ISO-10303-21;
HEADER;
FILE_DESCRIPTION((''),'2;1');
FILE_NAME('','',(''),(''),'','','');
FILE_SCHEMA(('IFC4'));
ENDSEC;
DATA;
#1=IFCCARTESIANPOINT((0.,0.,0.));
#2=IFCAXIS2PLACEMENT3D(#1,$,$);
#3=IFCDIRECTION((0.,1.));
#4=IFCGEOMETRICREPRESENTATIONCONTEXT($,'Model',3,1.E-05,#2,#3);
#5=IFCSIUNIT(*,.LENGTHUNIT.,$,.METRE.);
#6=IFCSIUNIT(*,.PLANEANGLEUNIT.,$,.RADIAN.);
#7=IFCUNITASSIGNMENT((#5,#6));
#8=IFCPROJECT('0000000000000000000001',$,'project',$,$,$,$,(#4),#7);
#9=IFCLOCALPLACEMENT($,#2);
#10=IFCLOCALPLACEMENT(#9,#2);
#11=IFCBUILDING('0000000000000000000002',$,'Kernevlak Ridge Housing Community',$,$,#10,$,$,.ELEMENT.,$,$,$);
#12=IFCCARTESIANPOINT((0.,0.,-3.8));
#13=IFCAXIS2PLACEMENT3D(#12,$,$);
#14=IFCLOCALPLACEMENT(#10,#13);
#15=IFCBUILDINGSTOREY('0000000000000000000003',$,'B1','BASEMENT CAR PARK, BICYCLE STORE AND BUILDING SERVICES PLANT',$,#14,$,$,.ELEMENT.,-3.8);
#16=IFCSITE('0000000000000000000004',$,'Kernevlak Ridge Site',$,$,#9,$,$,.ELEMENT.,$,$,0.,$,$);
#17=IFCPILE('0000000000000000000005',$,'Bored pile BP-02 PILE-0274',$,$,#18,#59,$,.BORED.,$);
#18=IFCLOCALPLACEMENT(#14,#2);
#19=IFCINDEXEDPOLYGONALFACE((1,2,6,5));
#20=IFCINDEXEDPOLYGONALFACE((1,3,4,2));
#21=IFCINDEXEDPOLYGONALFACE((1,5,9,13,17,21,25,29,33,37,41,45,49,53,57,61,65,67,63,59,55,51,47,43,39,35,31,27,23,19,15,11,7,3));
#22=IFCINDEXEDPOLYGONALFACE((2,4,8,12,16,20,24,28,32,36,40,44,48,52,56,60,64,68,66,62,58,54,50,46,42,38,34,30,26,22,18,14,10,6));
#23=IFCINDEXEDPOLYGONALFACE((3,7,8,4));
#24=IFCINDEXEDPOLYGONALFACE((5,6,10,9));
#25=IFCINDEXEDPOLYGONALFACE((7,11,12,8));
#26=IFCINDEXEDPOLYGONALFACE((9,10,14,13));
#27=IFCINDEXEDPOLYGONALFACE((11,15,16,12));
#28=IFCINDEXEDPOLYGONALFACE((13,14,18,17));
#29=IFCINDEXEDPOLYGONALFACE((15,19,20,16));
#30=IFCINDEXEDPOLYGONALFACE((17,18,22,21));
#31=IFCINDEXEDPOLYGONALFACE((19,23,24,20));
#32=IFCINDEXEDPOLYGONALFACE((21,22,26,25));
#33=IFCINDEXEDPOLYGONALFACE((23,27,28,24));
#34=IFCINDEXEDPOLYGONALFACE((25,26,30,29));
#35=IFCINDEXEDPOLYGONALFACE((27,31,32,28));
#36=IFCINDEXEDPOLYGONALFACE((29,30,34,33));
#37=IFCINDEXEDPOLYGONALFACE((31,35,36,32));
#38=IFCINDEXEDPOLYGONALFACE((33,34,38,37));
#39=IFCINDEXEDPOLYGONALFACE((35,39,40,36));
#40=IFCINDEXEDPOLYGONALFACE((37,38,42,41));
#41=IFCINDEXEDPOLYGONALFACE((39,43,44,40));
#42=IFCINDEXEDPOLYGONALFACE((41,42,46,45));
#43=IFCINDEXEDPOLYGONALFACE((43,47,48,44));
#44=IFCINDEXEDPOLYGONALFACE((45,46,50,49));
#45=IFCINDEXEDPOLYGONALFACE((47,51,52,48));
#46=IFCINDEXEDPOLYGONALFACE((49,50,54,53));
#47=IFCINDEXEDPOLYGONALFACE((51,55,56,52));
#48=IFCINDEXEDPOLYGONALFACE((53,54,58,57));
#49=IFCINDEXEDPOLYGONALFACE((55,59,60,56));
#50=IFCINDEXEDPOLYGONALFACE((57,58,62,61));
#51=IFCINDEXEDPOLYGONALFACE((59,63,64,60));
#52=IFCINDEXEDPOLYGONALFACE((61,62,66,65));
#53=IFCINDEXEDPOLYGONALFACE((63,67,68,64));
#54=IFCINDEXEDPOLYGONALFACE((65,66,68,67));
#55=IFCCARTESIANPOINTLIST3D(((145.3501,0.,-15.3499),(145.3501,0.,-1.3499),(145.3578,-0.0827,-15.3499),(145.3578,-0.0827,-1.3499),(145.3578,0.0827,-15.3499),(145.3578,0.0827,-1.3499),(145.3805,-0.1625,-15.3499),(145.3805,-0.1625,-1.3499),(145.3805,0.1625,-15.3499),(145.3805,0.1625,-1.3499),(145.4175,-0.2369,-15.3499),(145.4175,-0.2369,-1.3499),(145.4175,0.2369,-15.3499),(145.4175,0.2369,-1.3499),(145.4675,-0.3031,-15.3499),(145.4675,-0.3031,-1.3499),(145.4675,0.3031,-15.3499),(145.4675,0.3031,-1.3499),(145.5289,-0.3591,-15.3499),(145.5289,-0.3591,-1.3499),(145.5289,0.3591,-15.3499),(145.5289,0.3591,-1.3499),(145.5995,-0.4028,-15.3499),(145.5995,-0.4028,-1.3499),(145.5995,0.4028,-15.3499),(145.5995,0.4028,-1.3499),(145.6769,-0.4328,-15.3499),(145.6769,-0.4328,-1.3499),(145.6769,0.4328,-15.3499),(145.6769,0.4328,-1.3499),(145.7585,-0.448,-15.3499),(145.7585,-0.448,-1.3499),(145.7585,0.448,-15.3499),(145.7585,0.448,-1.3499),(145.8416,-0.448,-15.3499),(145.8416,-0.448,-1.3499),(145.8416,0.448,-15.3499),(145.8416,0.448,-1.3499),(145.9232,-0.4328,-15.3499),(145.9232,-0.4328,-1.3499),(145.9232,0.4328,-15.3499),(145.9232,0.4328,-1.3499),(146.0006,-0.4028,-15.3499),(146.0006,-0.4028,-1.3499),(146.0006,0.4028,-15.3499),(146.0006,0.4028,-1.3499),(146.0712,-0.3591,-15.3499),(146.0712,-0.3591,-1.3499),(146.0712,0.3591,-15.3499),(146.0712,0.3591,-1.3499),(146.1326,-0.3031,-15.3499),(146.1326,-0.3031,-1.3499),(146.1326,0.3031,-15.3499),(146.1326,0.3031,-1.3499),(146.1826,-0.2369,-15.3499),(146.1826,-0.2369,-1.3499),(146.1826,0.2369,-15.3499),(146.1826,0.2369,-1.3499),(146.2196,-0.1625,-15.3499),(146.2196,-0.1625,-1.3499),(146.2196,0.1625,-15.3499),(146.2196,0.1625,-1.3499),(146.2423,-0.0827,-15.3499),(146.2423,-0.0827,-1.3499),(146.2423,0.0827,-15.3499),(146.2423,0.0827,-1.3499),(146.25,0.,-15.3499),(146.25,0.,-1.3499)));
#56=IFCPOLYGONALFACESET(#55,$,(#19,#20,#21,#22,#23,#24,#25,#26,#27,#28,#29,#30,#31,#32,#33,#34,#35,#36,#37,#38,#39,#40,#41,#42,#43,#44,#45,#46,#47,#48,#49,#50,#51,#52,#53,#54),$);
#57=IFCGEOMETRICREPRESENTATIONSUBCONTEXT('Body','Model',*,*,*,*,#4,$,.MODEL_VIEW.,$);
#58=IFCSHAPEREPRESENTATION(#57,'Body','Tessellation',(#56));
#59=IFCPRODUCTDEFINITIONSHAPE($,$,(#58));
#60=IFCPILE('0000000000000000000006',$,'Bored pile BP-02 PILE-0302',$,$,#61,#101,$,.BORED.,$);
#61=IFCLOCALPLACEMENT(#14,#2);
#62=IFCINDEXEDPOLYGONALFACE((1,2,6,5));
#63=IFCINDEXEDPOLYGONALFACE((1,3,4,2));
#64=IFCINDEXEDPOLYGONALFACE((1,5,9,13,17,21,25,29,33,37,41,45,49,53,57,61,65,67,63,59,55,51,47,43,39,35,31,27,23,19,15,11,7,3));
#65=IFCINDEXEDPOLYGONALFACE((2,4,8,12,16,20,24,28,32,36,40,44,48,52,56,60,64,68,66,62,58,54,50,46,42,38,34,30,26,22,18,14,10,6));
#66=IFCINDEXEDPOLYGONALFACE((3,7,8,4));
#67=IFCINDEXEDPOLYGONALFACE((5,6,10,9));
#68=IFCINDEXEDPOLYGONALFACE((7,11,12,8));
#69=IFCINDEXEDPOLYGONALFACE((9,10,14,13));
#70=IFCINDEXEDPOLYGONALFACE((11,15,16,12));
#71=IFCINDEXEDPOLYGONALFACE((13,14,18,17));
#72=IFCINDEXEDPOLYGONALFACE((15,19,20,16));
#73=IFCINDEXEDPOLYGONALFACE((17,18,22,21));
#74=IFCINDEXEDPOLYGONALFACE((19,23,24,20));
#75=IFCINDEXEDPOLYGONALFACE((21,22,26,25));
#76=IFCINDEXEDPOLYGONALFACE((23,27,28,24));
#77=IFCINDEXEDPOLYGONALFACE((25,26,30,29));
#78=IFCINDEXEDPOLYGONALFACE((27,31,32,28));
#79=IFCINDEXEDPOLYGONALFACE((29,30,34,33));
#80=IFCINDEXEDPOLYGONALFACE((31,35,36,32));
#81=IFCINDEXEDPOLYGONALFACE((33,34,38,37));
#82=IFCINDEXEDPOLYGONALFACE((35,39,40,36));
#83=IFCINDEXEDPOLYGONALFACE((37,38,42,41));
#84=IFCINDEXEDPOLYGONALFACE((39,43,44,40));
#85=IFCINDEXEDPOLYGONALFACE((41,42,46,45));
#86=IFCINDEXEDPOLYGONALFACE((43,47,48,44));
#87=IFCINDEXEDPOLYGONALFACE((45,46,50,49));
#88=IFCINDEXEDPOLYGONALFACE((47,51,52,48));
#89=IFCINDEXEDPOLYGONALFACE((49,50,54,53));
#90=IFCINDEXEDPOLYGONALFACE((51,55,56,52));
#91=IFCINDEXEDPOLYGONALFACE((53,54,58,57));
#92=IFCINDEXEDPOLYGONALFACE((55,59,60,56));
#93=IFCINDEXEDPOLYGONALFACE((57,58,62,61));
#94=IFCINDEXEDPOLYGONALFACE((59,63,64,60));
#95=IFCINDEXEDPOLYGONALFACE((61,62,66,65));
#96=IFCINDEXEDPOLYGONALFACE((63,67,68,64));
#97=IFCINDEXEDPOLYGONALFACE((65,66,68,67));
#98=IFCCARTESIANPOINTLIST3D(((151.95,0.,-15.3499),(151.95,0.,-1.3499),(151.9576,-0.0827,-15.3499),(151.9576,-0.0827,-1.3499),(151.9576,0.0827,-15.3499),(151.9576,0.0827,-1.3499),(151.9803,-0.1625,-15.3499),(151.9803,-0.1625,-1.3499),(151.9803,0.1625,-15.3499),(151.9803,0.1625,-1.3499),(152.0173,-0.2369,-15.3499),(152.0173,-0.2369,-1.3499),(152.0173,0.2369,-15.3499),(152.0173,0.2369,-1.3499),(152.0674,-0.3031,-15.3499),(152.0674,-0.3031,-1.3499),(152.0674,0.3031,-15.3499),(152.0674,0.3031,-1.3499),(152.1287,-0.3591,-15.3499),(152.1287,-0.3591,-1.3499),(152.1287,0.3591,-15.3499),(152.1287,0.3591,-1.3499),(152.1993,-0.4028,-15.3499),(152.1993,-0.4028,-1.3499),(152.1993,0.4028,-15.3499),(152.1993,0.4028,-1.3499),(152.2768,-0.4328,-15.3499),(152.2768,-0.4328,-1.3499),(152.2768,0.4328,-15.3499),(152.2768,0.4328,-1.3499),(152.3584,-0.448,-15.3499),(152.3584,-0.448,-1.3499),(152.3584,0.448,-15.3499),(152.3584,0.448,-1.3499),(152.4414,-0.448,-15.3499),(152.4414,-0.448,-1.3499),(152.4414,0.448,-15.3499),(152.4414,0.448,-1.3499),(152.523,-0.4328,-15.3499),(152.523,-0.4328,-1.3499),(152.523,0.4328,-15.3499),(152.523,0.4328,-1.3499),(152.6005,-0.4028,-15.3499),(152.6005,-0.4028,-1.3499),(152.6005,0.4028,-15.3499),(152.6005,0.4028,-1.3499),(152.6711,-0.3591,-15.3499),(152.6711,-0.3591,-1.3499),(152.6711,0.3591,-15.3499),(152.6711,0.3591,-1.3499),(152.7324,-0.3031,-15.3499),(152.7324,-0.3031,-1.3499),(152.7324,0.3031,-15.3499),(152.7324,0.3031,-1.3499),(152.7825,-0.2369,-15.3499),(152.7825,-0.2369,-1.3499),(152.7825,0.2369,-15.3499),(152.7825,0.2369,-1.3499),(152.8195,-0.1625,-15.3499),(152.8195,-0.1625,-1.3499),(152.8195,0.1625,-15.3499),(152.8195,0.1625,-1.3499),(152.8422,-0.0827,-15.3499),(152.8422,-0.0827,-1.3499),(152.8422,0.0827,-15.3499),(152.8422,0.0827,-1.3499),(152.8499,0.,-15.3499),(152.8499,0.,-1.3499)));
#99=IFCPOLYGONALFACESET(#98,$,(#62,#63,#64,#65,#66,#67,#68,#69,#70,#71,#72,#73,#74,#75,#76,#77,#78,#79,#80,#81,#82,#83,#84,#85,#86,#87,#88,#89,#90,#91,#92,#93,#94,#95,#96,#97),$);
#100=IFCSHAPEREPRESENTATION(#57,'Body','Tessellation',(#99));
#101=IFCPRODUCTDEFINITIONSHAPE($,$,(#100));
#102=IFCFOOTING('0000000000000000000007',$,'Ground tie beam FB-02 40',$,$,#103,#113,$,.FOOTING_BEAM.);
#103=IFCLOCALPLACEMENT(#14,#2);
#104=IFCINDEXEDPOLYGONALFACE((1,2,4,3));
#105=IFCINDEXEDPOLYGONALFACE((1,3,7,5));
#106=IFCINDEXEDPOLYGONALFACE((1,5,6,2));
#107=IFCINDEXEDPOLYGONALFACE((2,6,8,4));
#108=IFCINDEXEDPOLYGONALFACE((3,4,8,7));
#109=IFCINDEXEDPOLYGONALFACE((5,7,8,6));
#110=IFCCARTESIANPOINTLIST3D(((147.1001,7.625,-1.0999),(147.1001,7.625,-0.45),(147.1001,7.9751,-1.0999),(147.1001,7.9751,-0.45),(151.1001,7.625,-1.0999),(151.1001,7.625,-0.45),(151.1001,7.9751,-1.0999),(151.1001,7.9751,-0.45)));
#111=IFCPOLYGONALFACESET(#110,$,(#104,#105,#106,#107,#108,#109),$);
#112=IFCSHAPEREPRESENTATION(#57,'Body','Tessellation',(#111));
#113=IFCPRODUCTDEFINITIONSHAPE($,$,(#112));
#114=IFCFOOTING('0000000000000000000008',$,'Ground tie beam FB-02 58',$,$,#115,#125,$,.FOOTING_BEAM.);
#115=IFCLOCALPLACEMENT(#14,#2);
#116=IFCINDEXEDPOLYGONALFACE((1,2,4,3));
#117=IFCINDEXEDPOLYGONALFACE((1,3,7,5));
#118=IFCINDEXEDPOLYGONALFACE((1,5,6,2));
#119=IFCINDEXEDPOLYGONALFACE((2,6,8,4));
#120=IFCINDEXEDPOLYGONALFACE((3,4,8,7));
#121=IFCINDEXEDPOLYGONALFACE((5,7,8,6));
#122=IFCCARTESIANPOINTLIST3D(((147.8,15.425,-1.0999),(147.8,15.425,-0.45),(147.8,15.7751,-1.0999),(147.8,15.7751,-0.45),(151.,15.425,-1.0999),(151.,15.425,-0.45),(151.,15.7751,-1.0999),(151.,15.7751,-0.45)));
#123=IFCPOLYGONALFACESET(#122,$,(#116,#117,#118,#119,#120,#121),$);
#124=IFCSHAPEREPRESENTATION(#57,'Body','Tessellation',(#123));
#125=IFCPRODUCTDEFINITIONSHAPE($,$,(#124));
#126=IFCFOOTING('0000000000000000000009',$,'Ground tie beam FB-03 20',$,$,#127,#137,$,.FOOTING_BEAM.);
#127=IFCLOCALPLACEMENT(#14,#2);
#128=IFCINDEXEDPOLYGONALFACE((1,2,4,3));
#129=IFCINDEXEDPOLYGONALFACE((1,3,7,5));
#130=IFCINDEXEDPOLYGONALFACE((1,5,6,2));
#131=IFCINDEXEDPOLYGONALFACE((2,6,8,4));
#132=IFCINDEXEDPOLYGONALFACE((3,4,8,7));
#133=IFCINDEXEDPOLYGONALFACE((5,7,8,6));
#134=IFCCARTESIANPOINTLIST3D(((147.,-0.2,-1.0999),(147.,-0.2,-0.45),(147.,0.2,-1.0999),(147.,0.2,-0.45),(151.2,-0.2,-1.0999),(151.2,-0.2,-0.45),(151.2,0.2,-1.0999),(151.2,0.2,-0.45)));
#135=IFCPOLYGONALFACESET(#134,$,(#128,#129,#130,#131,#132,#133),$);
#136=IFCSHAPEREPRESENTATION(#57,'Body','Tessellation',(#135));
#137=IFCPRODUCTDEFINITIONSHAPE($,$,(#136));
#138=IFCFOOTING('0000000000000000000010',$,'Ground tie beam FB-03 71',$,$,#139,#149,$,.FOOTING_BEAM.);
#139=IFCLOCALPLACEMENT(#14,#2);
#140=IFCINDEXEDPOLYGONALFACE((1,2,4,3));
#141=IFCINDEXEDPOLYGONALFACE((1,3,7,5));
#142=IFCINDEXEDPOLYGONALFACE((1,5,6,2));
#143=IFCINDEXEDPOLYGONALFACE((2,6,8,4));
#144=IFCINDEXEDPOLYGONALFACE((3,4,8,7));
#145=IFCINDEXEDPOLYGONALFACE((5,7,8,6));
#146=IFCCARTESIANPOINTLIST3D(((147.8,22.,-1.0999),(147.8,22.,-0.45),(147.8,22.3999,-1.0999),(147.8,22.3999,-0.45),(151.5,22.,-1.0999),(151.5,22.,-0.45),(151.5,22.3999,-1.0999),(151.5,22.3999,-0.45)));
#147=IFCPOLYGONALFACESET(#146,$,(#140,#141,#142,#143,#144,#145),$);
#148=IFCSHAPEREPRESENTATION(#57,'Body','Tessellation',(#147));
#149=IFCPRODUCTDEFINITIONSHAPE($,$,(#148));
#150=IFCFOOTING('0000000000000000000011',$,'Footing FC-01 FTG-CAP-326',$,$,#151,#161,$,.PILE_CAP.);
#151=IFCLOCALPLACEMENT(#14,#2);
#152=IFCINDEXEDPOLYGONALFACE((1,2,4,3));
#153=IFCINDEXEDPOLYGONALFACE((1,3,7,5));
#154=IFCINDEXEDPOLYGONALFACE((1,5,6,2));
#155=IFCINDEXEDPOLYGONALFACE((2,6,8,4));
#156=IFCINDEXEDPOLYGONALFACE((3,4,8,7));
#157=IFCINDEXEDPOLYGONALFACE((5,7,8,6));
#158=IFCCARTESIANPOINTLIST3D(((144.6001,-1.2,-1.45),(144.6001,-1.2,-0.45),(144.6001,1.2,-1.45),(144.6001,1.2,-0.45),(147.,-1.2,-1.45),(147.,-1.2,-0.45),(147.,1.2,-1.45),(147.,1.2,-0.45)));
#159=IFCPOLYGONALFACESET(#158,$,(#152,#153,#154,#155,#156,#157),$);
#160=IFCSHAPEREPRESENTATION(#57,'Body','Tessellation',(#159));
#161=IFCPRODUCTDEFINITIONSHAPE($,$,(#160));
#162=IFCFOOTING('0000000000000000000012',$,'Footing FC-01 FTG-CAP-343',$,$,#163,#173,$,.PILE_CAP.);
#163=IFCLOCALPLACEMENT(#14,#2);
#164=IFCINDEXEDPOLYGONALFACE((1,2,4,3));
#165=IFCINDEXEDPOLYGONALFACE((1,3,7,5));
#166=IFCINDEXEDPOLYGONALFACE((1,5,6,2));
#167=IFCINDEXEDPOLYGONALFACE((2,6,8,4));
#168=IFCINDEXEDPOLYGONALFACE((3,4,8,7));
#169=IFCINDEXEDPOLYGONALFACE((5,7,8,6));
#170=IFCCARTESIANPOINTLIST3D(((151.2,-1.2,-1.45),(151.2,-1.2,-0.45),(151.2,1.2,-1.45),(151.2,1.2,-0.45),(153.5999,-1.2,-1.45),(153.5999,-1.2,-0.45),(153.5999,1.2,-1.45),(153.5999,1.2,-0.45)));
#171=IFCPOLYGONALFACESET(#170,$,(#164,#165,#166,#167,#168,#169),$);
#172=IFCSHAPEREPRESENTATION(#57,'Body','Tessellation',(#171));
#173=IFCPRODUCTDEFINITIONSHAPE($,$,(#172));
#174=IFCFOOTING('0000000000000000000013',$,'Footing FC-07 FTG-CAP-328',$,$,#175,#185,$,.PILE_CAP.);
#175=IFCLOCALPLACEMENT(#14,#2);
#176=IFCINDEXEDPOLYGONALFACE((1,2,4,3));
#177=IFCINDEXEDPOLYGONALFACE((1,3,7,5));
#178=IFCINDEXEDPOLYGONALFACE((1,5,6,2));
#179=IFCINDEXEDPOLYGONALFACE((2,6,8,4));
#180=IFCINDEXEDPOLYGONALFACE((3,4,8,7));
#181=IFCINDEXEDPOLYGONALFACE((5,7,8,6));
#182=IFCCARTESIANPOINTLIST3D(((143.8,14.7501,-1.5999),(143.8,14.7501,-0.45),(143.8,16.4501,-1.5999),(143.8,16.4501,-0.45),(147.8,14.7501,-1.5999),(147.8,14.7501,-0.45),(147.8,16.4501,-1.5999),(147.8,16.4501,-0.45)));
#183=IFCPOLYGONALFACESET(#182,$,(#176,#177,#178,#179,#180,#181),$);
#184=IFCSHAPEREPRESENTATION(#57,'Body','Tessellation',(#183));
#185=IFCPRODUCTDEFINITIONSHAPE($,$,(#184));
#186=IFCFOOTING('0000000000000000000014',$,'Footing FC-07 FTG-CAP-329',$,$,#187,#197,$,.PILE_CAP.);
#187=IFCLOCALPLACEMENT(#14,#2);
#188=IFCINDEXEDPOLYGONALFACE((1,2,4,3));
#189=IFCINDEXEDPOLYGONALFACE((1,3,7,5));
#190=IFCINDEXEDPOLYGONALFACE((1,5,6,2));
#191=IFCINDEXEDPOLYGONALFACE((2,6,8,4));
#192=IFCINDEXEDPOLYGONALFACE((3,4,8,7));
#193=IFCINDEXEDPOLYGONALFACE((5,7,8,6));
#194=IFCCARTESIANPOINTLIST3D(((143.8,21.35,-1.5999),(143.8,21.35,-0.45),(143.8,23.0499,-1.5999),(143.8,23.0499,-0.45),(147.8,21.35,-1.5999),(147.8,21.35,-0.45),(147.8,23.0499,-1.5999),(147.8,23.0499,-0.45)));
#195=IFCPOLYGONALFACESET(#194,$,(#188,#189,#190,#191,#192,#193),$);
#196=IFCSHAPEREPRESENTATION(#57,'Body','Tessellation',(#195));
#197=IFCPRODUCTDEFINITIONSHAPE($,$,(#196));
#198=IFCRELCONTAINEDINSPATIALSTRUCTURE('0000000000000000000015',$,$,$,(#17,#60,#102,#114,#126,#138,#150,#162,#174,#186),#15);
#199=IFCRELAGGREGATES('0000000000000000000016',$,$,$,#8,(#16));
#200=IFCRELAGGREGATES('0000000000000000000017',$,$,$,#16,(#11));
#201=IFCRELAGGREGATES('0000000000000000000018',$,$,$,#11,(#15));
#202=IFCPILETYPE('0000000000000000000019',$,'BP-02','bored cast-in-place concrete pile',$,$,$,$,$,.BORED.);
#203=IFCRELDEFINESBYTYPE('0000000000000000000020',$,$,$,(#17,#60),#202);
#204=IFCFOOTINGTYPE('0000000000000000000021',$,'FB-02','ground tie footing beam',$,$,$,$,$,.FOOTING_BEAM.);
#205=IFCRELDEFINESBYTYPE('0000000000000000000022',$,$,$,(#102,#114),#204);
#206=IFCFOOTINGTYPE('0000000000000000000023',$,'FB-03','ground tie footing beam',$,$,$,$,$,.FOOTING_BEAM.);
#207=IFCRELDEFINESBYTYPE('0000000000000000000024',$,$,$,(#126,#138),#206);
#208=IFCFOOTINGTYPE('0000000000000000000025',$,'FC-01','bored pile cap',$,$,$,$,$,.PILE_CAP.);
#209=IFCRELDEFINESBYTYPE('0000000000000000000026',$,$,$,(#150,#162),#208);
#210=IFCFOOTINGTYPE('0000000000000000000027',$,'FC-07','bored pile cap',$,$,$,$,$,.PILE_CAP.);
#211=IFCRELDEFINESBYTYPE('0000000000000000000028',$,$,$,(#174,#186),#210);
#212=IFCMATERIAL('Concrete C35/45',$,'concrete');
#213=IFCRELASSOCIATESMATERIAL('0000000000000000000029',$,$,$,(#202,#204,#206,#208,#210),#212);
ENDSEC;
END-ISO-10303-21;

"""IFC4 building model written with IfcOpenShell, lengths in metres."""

from ifc_helpers import new_model, si_unit, direction, frame, origin, origin_2d, place, context, subcontext, project, spatial, rectangle, circle, extrude, material, material_profile, profile_set, type_object, element, save


model = new_model("IFC4")

# Units and contexts
model_context = context("Model", 3, precision=1e-05, world=origin(), true_north=direction((0.0, 1.0)))
body_context = subcontext(model_context, "Body", "Model", "MODEL_VIEW")
ifc_project = project(units=[si_unit("LENGTHUNIT", "METRE"), si_unit("PLANEANGLEUNIT", "RADIAN")], contexts=[model_context])

# Site, building, storey
site_placement = place(None, origin())
site = spatial("IfcSite", under=ifc_project, at=site_placement, Name="Kernevlak Ridge Site", CompositionType="ELEMENT", RefElevation=0.0)
building_placement = place(site_placement, origin())
building = spatial("IfcBuilding", under=site, at=building_placement, Name="Kernevlak Ridge Housing Community", CompositionType="ELEMENT")
storey_placement = place(building_placement, frame((0.0, 0.0, -3.8)))
storey = spatial("IfcBuildingStorey", under=building, at=storey_placement, Name="B1", Description="BASEMENT CAR PARK, BICYCLE STORE AND BUILDING SERVICES PLANT", CompositionType="ELEMENT", Elevation=-3.8)

# Piles
ifc_material_1 = material(Name="Concrete C35/45", Category="concrete")
ifc_material_profile_1 = material_profile(ifc_material_1, circle(Radius=0.45, at=origin_2d()), Name="BORED PILE 900")
ifc_profile_set_1 = profile_set([ifc_material_profile_1], Name="Concrete C35/45")
pile_type_1 = type_object("IfcPileType", Name="BP-02", Description="bored cast-in-place concrete pile", PredefinedType="BORED", material=ifc_profile_set_1)
for number, where, z_axis, x_axis, name in (
    (1, (145.8, 0.0, -1.3499), (0.0, 0.0, -1.0), (1.0, 0.0, 0.0), "Bored pile BP-02 PILE-0274"),
    (2, (152.3999, 0.0, -1.3499), (0.0, 0.0, -1.0), (1.0, 0.0, 0.0), "Bored pile BP-02 PILE-0302"),
):
    element("IfcPile", number, at=place(storey_placement, frame(where, z_axis=z_axis, x_axis=x_axis)), inside=storey, type_object=pile_type_1, Name=name, PredefinedType="BORED", context=body_context, shape_type="SweptSolid", body=[
        extrude(circle(Radius=0.45, at=origin_2d()), origin(), (0.0, 0.0, 1.0), 14.0),
    ])

# Footings
ifc_material_profile_2 = material_profile(ifc_material_1, rectangle(XDim=0.3501, YDim=0.6499, at=origin_2d()), Name="RC 350x650")
ifc_profile_set_2 = profile_set([ifc_material_profile_2], Name="Concrete C35/45")
footing_type_1 = type_object("IfcFootingType", Name="FB-02", Description="ground tie footing beam", PredefinedType="FOOTING_BEAM", material=ifc_profile_set_2)
footing_1_placement = place(storey_placement, frame((147.1001, 7.8, -0.7749), z_axis=(1.0, 0.0, 0.0), x_axis=(0.0, 1.0, 0.0)))
element("IfcFooting", 3, at=footing_1_placement, inside=storey, type_object=footing_type_1, Name="Ground tie beam FB-02 40", PredefinedType="FOOTING_BEAM", context=body_context, shape_type="SweptSolid", body=[
    extrude(rectangle(XDim=0.3501, YDim=0.6499, at=origin_2d()), origin(), (0.0, 0.0, 1.0), 4.0),
])
footing_2_placement = place(storey_placement, frame((147.8, 15.6001, -0.7749), z_axis=(1.0, 0.0, 0.0), x_axis=(0.0, 1.0, 0.0)))
element("IfcFooting", 4, at=footing_2_placement, inside=storey, type_object=footing_type_1, Name="Ground tie beam FB-02 58", PredefinedType="FOOTING_BEAM", context=body_context, shape_type="SweptSolid", body=[
    extrude(rectangle(XDim=0.3501, YDim=0.6499, at=origin_2d()), origin(), (0.0, 0.0, 1.0), 3.2),
])
ifc_material_profile_3 = material_profile(ifc_material_1, rectangle(XDim=0.3999, YDim=0.6499, at=origin_2d()), Name="RC 400x650")
ifc_profile_set_3 = profile_set([ifc_material_profile_3], Name="Concrete C35/45")
footing_type_2 = type_object("IfcFootingType", Name="FB-03", Description="ground tie footing beam", PredefinedType="FOOTING_BEAM", material=ifc_profile_set_3)
footing_3_placement = place(storey_placement, frame((147.0, 0.0, -0.7749), z_axis=(1.0, 0.0, 0.0), x_axis=(0.0, 1.0, 0.0)))
element("IfcFooting", 5, at=footing_3_placement, inside=storey, type_object=footing_type_2, Name="Ground tie beam FB-03 20", PredefinedType="FOOTING_BEAM", context=body_context, shape_type="SweptSolid", body=[
    extrude(rectangle(XDim=0.3999, YDim=0.6499, at=origin_2d()), origin(), (0.0, 0.0, 1.0), 4.2),
])
footing_4_placement = place(storey_placement, frame((147.8, 22.2, -0.7749), z_axis=(1.0, 0.0, 0.0), x_axis=(0.0, 1.0, 0.0)))
element("IfcFooting", 6, at=footing_4_placement, inside=storey, type_object=footing_type_2, Name="Ground tie beam FB-03 71", PredefinedType="FOOTING_BEAM", context=body_context, shape_type="SweptSolid", body=[
    extrude(rectangle(XDim=0.3999, YDim=0.6499, at=origin_2d()), origin(), (0.0, 0.0, 1.0), 3.7),
])
footing_type_3 = type_object("IfcFootingType", Name="FC-01", Description="bored pile cap", PredefinedType="PILE_CAP", material=ifc_material_1)
for number, where, z_axis, x_axis, name in (
    (7, (145.8, 0.0, -1.45), (0.0, 0.0, 1.0), (1.0, 0.0, 0.0), "Footing FC-01 FTG-CAP-326"),
    (8, (152.3999, 0.0, -1.45), (0.0, 0.0, 1.0), (1.0, 0.0, 0.0), "Footing FC-01 FTG-CAP-343"),
):
    element("IfcFooting", number, at=place(storey_placement, frame(where, z_axis=z_axis, x_axis=x_axis)), inside=storey, type_object=footing_type_3, Name=name, PredefinedType="PILE_CAP", context=body_context, shape_type="SweptSolid", body=[
        extrude(rectangle(XDim=2.3999, YDim=2.3999, at=origin_2d()), origin(), (0.0, 0.0, 1.0), 1.0),
    ])
footing_type_4 = type_object("IfcFootingType", Name="FC-07", Description="bored pile cap", PredefinedType="PILE_CAP", material=ifc_material_1)
for number, where, z_axis, x_axis, name in (
    (9, (145.8, 15.6001, -1.5999), (0.0, 0.0, 1.0), (1.0, 0.0, 0.0), "Footing FC-07 FTG-CAP-328"),
    (10, (145.8, 22.2, -1.5999), (0.0, 0.0, 1.0), (1.0, 0.0, 0.0), "Footing FC-07 FTG-CAP-329"),
):
    element("IfcFooting", number, at=place(storey_placement, frame(where, z_axis=z_axis, x_axis=x_axis)), inside=storey, type_object=footing_type_4, Name=name, PredefinedType="PILE_CAP", context=body_context, shape_type="SweptSolid", body=[
        extrude(rectangle(XDim=4.0, YDim=1.7, at=origin_2d()), origin(), (0.0, 0.0, 1.0), 1.1499),
    ])

save(model, "model.ifc")
